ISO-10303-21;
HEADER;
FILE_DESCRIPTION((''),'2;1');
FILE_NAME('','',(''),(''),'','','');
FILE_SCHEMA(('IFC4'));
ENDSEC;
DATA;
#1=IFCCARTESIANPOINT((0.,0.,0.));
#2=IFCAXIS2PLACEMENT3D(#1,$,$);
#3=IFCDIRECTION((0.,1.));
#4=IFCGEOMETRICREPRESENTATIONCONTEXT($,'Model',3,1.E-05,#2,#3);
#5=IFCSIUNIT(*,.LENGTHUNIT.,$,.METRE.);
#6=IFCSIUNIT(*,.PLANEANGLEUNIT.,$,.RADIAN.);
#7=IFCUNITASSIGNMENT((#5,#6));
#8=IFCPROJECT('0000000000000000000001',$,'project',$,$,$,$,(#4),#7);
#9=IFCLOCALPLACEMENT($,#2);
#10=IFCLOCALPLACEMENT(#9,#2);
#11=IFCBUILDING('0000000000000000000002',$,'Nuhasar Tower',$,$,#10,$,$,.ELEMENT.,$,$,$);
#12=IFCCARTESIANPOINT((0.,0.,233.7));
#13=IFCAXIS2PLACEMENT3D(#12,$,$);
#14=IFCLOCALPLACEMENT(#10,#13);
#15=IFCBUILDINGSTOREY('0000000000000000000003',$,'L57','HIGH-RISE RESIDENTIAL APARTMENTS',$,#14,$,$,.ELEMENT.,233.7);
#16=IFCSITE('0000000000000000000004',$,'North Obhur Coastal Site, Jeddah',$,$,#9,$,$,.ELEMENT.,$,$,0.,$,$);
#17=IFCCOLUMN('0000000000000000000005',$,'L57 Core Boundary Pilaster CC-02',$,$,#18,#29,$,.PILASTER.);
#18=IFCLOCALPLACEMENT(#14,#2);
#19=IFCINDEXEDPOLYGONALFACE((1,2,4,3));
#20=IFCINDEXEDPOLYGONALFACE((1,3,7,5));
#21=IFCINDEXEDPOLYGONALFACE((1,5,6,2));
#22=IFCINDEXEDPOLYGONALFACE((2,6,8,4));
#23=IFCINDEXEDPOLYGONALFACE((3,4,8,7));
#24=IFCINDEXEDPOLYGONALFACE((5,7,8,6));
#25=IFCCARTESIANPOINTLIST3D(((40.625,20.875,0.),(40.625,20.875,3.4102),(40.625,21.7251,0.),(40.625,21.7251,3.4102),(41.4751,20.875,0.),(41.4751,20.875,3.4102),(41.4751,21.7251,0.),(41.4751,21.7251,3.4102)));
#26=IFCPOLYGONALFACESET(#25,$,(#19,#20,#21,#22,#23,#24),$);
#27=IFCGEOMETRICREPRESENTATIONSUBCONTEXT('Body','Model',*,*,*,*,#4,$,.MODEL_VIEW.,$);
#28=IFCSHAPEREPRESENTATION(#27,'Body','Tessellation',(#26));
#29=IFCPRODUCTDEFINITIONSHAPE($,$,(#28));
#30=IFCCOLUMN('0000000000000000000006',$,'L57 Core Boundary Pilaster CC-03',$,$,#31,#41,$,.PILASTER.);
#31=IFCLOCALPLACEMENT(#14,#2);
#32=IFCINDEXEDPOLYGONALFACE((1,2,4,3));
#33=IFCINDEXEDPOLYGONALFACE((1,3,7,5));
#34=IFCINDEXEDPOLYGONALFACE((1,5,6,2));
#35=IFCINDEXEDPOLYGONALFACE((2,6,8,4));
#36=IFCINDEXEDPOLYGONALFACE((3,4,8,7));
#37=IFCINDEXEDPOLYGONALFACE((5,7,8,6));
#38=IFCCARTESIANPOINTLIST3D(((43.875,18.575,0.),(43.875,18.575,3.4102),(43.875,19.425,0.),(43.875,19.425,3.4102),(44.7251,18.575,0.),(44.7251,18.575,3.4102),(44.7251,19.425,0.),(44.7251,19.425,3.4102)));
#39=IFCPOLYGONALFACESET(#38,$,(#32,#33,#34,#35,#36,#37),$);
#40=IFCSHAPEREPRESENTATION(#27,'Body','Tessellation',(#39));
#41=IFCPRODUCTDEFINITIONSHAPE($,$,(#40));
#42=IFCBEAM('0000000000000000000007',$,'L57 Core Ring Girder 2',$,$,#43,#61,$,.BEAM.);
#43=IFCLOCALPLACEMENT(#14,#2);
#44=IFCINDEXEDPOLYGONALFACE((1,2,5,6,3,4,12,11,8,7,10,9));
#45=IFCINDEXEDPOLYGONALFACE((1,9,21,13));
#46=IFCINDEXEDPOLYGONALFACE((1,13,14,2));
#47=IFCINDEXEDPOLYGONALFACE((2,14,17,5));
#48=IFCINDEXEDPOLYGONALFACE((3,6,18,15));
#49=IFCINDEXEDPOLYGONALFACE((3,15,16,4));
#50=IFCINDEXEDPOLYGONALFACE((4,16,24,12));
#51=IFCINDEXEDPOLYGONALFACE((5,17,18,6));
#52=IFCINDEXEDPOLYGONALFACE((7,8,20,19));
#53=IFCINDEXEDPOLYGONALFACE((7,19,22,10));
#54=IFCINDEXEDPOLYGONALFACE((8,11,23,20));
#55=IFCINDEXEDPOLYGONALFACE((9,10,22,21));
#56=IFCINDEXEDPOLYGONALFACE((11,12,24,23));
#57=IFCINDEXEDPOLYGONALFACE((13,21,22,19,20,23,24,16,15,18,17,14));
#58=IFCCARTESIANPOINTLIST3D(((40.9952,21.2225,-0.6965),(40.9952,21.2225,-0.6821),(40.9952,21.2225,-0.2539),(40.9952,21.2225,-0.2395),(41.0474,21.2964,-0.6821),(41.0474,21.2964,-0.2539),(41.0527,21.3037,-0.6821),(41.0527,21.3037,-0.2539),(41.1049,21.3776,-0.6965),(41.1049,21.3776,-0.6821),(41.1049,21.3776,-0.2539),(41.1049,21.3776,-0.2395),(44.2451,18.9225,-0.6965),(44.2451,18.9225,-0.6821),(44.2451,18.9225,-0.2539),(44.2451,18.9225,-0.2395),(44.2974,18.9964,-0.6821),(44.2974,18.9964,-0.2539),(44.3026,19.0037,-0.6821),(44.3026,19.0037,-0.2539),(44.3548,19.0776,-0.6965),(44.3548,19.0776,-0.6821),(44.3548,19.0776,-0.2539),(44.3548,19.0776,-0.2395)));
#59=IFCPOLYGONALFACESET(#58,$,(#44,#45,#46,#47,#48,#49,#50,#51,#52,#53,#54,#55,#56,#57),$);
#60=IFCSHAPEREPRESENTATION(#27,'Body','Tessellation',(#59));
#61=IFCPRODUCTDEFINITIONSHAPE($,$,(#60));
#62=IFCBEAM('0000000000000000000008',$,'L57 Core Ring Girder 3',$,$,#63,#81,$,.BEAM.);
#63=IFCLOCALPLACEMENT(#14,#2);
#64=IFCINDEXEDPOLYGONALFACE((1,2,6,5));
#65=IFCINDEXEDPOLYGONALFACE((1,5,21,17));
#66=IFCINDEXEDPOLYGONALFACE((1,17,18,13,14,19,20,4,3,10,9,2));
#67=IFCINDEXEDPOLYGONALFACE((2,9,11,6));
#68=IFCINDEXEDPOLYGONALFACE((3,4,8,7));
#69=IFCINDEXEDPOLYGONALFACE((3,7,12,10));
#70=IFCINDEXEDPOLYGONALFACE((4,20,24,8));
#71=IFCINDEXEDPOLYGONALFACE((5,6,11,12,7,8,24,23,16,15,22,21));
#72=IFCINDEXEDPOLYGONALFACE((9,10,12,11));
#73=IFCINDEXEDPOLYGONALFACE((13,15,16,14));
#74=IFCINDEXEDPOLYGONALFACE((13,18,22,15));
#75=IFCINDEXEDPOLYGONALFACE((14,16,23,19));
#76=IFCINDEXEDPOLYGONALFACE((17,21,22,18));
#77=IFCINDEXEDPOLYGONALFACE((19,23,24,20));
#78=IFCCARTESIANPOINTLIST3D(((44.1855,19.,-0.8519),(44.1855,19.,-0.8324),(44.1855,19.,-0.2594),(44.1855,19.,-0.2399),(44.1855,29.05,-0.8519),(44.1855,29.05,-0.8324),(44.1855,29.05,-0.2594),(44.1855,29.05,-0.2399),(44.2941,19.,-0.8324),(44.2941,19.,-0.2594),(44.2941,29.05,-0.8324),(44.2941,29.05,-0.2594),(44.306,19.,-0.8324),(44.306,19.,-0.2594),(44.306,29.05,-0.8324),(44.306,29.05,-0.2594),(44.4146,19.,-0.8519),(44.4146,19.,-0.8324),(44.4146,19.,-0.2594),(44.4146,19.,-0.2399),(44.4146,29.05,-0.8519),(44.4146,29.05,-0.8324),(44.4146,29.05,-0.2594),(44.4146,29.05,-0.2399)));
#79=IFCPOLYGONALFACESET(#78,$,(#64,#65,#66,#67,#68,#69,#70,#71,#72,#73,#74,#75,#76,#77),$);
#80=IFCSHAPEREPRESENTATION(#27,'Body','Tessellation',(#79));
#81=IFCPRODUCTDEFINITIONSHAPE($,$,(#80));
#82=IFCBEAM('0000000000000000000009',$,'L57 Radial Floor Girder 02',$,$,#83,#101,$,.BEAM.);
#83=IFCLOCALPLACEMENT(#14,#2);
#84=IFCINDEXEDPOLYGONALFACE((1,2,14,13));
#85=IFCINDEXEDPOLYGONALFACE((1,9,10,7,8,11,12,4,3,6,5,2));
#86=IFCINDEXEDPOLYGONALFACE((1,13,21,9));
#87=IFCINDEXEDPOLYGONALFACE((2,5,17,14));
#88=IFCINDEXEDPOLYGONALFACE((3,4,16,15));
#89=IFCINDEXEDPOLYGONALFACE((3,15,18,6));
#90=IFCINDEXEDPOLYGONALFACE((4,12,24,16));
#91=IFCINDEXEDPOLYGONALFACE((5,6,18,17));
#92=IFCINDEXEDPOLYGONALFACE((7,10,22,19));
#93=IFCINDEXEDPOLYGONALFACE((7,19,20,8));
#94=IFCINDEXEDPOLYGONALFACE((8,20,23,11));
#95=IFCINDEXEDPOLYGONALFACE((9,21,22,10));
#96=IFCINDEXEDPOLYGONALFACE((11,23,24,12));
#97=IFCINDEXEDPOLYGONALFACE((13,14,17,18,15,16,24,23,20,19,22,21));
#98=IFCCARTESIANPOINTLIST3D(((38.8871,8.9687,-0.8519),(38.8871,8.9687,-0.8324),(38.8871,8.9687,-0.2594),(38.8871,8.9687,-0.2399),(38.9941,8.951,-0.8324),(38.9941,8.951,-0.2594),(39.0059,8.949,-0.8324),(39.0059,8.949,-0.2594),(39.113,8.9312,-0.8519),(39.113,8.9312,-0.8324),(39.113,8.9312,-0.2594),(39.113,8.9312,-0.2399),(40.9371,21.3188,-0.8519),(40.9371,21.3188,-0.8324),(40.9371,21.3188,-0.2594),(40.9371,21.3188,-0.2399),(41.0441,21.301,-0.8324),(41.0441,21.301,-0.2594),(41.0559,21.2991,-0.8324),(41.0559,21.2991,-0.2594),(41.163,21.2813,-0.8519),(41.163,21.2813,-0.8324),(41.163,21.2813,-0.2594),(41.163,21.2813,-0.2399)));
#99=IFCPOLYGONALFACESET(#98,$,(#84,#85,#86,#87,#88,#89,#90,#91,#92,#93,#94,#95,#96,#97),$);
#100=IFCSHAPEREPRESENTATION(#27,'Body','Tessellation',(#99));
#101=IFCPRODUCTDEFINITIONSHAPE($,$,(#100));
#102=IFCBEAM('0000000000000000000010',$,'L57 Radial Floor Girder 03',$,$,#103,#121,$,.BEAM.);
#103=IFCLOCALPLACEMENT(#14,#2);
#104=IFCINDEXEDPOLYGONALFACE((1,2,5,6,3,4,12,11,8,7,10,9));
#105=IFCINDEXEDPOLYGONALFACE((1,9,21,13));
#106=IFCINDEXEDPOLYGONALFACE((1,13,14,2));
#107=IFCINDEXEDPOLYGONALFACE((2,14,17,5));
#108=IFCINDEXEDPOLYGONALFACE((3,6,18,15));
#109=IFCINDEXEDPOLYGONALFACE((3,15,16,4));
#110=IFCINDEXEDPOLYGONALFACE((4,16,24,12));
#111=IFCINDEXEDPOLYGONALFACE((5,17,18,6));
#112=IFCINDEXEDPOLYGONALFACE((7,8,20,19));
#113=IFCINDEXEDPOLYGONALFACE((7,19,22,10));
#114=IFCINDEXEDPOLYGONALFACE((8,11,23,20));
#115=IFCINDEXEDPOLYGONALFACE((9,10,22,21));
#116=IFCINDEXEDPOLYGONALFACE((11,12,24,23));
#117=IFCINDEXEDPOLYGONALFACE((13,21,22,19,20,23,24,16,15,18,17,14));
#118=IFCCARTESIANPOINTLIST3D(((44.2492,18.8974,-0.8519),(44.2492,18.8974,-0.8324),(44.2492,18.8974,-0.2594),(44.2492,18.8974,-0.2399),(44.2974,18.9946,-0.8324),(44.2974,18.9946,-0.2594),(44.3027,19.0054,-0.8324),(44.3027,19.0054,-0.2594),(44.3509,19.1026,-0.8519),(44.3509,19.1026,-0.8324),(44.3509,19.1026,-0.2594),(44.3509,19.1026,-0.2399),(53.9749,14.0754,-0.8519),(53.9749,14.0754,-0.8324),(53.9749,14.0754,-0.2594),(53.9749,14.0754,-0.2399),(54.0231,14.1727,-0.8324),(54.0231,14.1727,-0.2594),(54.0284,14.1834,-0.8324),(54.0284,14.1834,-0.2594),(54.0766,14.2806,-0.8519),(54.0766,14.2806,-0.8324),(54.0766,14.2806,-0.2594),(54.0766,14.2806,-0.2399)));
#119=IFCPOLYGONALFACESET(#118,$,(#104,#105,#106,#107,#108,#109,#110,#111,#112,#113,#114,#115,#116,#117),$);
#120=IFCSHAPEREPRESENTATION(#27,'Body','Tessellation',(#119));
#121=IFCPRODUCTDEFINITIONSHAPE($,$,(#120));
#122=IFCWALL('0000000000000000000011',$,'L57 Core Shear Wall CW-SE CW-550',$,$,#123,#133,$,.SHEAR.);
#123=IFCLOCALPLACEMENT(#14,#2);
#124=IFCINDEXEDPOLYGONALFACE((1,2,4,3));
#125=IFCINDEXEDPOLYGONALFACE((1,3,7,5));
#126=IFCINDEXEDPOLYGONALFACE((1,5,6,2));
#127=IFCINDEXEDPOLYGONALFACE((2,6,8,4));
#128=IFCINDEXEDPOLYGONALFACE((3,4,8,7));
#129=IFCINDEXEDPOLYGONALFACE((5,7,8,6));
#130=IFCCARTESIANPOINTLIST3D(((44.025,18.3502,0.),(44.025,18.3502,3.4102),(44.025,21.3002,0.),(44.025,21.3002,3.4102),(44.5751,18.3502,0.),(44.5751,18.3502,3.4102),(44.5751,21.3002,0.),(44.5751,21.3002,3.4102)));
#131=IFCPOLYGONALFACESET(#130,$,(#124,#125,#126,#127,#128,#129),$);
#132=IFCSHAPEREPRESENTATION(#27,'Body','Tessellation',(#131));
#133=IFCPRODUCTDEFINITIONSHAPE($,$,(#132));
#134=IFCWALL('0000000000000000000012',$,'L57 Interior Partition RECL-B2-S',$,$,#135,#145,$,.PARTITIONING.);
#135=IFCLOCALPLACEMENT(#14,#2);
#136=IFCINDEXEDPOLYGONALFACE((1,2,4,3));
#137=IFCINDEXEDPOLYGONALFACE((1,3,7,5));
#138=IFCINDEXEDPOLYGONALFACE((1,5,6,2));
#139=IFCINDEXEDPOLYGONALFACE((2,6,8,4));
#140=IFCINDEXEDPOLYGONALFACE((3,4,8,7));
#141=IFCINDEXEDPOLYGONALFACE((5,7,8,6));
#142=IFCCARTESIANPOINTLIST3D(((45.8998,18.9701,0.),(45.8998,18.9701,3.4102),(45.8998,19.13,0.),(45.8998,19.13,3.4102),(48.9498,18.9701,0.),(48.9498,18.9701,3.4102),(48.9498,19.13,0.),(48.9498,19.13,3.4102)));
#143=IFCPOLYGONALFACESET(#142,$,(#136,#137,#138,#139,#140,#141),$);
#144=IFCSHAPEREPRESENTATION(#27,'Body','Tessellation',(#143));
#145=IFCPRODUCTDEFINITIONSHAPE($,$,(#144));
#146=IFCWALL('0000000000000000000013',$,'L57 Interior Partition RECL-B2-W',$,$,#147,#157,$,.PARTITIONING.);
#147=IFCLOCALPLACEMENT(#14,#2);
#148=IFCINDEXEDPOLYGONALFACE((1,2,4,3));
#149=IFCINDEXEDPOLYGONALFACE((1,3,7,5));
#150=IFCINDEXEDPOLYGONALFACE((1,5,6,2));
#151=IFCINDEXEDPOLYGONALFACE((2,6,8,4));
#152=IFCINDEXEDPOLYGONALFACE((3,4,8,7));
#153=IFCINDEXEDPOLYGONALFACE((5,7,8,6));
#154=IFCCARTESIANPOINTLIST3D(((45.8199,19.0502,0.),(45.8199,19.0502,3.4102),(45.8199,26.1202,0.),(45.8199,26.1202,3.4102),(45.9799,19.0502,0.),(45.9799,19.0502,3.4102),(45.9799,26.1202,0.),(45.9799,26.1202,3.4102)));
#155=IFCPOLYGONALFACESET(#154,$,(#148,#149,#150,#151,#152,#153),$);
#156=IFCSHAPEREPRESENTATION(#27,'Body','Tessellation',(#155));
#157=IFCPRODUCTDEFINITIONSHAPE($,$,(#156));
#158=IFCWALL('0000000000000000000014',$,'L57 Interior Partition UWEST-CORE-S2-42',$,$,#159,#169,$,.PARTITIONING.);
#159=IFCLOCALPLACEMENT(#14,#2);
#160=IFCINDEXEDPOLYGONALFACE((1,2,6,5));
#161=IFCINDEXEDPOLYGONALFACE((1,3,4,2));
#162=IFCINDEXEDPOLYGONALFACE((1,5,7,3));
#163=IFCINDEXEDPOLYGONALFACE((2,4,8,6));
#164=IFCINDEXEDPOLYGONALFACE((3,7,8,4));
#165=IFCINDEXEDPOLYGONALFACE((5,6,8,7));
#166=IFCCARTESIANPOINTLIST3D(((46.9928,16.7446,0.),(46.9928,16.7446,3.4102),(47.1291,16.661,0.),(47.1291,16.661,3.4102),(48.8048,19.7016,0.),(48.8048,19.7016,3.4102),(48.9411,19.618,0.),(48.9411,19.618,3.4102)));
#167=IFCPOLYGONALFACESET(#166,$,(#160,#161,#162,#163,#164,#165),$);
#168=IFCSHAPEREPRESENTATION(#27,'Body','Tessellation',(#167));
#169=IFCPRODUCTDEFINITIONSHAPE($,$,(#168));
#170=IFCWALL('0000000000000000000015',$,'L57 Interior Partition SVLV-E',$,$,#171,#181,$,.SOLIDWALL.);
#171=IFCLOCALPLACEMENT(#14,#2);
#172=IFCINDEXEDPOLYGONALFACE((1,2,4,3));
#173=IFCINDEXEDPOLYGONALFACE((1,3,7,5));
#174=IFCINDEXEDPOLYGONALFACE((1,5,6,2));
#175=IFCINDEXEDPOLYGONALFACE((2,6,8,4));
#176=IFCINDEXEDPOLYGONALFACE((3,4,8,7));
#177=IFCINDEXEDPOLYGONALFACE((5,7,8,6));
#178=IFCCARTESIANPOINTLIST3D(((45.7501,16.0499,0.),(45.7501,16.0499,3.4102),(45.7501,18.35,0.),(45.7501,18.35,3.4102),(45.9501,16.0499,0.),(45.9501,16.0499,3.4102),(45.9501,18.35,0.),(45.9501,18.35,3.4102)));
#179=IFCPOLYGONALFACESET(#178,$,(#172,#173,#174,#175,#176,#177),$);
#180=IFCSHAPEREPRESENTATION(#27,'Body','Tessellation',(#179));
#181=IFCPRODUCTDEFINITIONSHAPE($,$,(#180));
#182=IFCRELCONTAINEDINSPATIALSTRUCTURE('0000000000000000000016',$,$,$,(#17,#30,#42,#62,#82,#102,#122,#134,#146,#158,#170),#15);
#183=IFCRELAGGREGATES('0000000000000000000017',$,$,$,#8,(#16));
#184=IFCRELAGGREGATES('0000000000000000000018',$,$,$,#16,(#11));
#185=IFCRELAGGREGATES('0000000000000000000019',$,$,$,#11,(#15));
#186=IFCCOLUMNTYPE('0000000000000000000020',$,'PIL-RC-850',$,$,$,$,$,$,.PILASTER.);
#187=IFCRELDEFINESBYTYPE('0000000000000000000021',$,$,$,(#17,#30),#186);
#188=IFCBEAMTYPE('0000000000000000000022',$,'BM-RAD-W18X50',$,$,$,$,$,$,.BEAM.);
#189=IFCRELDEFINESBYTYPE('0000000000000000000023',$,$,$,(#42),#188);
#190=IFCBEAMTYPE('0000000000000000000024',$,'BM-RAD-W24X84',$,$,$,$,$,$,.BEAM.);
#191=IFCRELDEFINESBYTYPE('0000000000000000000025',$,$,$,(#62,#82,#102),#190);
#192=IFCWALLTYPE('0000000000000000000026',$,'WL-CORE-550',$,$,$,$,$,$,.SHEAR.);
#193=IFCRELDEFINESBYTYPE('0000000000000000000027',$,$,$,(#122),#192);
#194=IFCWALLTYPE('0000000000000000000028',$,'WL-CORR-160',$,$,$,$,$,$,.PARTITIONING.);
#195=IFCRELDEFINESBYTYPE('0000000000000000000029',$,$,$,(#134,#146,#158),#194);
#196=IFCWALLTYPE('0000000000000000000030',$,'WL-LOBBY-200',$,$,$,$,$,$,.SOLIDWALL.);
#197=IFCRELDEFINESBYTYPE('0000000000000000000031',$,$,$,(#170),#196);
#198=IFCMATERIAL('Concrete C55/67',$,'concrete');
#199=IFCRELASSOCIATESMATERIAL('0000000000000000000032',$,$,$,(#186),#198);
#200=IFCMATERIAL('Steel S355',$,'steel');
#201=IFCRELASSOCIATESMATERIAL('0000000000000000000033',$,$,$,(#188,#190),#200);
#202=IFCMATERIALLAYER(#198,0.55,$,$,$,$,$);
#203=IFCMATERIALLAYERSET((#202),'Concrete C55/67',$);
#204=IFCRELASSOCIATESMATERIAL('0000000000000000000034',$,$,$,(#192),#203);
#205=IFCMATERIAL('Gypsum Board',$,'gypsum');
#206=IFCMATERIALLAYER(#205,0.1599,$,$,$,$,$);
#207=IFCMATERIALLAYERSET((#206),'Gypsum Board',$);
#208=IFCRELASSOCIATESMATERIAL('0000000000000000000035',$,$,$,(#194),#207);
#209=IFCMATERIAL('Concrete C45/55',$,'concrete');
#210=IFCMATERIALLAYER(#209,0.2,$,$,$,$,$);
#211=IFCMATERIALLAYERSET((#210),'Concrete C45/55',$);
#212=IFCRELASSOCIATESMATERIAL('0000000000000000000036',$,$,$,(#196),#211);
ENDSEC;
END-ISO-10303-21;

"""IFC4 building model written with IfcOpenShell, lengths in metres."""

from ifc_helpers import new_model, si_unit, direction, frame, frame_2d, origin, origin_2d, place, context, subcontext, project, spatial, rectangle, i_section, extrude, material, layer, layer_set, material_profile, profile_set, type_object, element, save


model = new_model("IFC4")

# Units and contexts
model_context = context("Model", 3, precision=1e-05, world=origin(), true_north=direction((0.0, 1.0)))
body_context = subcontext(model_context, "Body", "Model", "MODEL_VIEW")
ifc_project = project(units=[si_unit("LENGTHUNIT", "METRE"), si_unit("PLANEANGLEUNIT", "RADIAN")], contexts=[model_context])

# Site, building, storey
site_placement = place(None, origin())
site = spatial("IfcSite", under=ifc_project, at=site_placement, Name="North Obhur Coastal Site, Jeddah", CompositionType="ELEMENT", RefElevation=0.0)
building_placement = place(site_placement, origin())
building = spatial("IfcBuilding", under=site, at=building_placement, Name="Nuhasar Tower", CompositionType="ELEMENT")
storey_placement = place(building_placement, frame((0.0, 0.0, 233.7)))
storey = spatial("IfcBuildingStorey", under=building, at=storey_placement, Name="L57", Description="HIGH-RISE RESIDENTIAL APARTMENTS", CompositionType="ELEMENT", Elevation=233.7)

# Columns
ifc_material_1 = material(Name="Concrete C55/67", Category="concrete")
ifc_material_profile_1 = material_profile(ifc_material_1, rectangle(XDim=0.8501, YDim=0.8501, at=origin_2d()), Name="RC850X850")
ifc_profile_set_1 = profile_set([ifc_material_profile_1], Name="Concrete C55/67")
column_type = type_object("IfcColumnType", Name="PIL-RC-850", PredefinedType="PILASTER", material=ifc_profile_set_1)
for number, where, z_axis, x_axis, name in (
    (1, (41.05, 21.3, 0.0), (0.0, 0.0, 1.0), (1.0, 0.0, 0.0), "L57 Core Boundary Pilaster CC-02"),
    (2, (44.3, 19.0, 0.0), (0.0, 0.0, 1.0), (1.0, 0.0, 0.0), "L57 Core Boundary Pilaster CC-03"),
):
    element("IfcColumn", number, at=place(storey_placement, frame(where, z_axis=z_axis, x_axis=x_axis)), inside=storey, type_object=column_type, Name=name, PredefinedType="PILASTER", context=body_context, shape_type="SweptSolid", body=[
        extrude(rectangle(XDim=0.8501, YDim=0.8501, at=origin_2d()), origin(), (0.0, 0.0, 1.0), 3.4102),
    ])

# Beams
ifc_material_2 = material(Name="Steel S355", Category="steel")
ifc_material_profile_2 = material_profile(ifc_material_2, i_section(OverallWidth=0.1899, OverallDepth=0.457, WebThickness=0.009, FlangeThickness=0.0144, at=origin_2d()), Name="W18X50")
ifc_profile_set_2 = profile_set([ifc_material_profile_2], Name="Steel S355")
beam_type_1 = type_object("IfcBeamType", Name="BM-RAD-W18X50", PredefinedType="BEAM", material=ifc_profile_set_2)
beam_1_placement = place(storey_placement, frame((41.05, 21.3, -0.468), z_axis=(0.816265, -0.577677, 0.0), x_axis=(0.577677, 0.816265, 0.0)))
element("IfcBeam", 3, at=beam_1_placement, inside=storey, type_object=beam_type_1, Name="L57 Core Ring Girder 2", PredefinedType="BEAM", context=body_context, shape_type="SweptSolid", body=[
    extrude(i_section(OverallWidth=0.1899, OverallDepth=0.457, WebThickness=0.009, FlangeThickness=0.0144, at=origin_2d()), origin(), (0.0, 0.0, 1.0), 3.9814),
])
ifc_material_profile_3 = material_profile(ifc_material_2, i_section(OverallWidth=0.229, OverallDepth=0.6121, WebThickness=0.012, FlangeThickness=0.0195, at=origin_2d()), Name="W24X84")
ifc_profile_set_3 = profile_set([ifc_material_profile_3], Name="Steel S355")
beam_type_2 = type_object("IfcBeamType", Name="BM-RAD-W24X84", PredefinedType="BEAM", material=ifc_profile_set_3)
beam_2_placement = place(storey_placement, frame((44.3, 19.0, -0.5459), z_axis=(0.0, 1.0, 0.0), x_axis=(-1.0, 0.0, 0.0)))
element("IfcBeam", 4, at=beam_2_placement, inside=storey, type_object=beam_type_2, Name="L57 Core Ring Girder 3", PredefinedType="BEAM", context=body_context, shape_type="SweptSolid", body=[
    extrude(i_section(OverallWidth=0.229, OverallDepth=0.6121, WebThickness=0.012, FlangeThickness=0.0195, at=origin_2d()), origin(), (0.0, 0.0, 1.0), 10.05),
])
beam_3_placement = place(storey_placement, frame((41.05, 21.3, -0.5459), z_axis=(-0.163754, -0.986501, 0.0), x_axis=(0.986501, -0.163754, 0.0)))
element("IfcBeam", 5, at=beam_3_placement, inside=storey, type_object=beam_type_2, Name="L57 Radial Floor Girder 02", PredefinedType="BEAM", context=body_context, shape_type="SweptSolid", body=[
    extrude(i_section(OverallWidth=0.229, OverallDepth=0.6121, WebThickness=0.012, FlangeThickness=0.0195, at=origin_2d()), origin(), (0.0, 0.0, 1.0), 12.519),
])
beam_4_placement = place(storey_placement, frame((44.3, 19.0, -0.5459), z_axis=(0.895929, -0.444197, 0.0), x_axis=(0.444197, 0.895929, 0.0)))
element("IfcBeam", 6, at=beam_4_placement, inside=storey, type_object=beam_type_2, Name="L57 Radial Floor Girder 03", PredefinedType="BEAM", context=body_context, shape_type="SweptSolid", body=[
    extrude(i_section(OverallWidth=0.229, OverallDepth=0.6121, WebThickness=0.012, FlangeThickness=0.0195, at=origin_2d()), origin(), (0.0, 0.0, 1.0), 10.8555),
])

# Walls
ifc_layer_1 = layer(ifc_material_1, 0.55)
ifc_layer_set_1 = layer_set([ifc_layer_1], Name="Concrete C55/67")
wall_type_1 = type_object("IfcWallType", Name="WL-CORE-550", PredefinedType="SHEAR", material=ifc_layer_set_1)
wall_1_placement = place(storey_placement, frame((44.3, 18.3501, 0.0), z_axis=(0.0, 0.0, 1.0), x_axis=(0.0, 1.0, 0.0)))
element("IfcWall", 7, at=wall_1_placement, inside=storey, type_object=wall_type_1, Name="L57 Core Shear Wall CW-SE CW-550", PredefinedType="SHEAR", context=body_context, shape_type="SweptSolid", body=[
    extrude(rectangle(XDim=2.95, YDim=0.55, at=frame_2d((1.4751, 0.0))), origin(), (0.0, 0.0, 1.0), 3.4102),
])
ifc_material_3 = material(Name="Gypsum Board", Category="gypsum")
ifc_layer_2 = layer(ifc_material_3, 0.1599)
ifc_layer_set_2 = layer_set([ifc_layer_2], Name="Gypsum Board")
wall_type_2 = type_object("IfcWallType", Name="WL-CORR-160", PredefinedType="PARTITIONING", material=ifc_layer_set_2)
wall_2_placement = place(storey_placement, frame((45.8999, 19.05, 0.0), z_axis=(0.0, 0.0, 1.0), x_axis=(1.0, 0.0, 0.0)))
element("IfcWall", 8, at=wall_2_placement, inside=storey, type_object=wall_type_2, Name="L57 Interior Partition RECL-B2-S", PredefinedType="PARTITIONING", context=body_context, shape_type="SweptSolid", body=[
    extrude(rectangle(XDim=3.05, YDim=0.1599, at=frame_2d((1.5249, 0.0))), origin(), (0.0, 0.0, 1.0), 3.4102),
])
wall_3_placement = place(storey_placement, frame((45.8999, 19.05, 0.0), z_axis=(0.0, 0.0, 1.0), x_axis=(0.0, 1.0, 0.0)))
element("IfcWall", 9, at=wall_3_placement, inside=storey, type_object=wall_type_2, Name="L57 Interior Partition RECL-B2-W", PredefinedType="PARTITIONING", context=body_context, shape_type="SweptSolid", body=[
    extrude(rectangle(XDim=7.0701, YDim=0.1599, at=frame_2d((3.5352, 0.0))), origin(), (0.0, 0.0, 1.0), 3.4102),
])
wall_4_placement = place(storey_placement, frame((47.061, 16.7029, 0.0), z_axis=(0.0, 0.0, 1.0), x_axis=(0.522486, 0.852648, 0.0)))
element("IfcWall", 10, at=wall_4_placement, inside=storey, type_object=wall_type_2, Name="L57 Interior Partition UWEST-CORE-S2-42", PredefinedType="PARTITIONING", context=body_context, shape_type="SweptSolid", body=[
    extrude(rectangle(XDim=3.468, YDim=0.1599, at=frame_2d((1.7339, 0.0))), origin(), (0.0, 0.0, 1.0), 3.4102),
])

# Shared definitions
ifc_material_4 = material(Name="Concrete C45/55", Category="concrete")
ifc_layer_3 = layer(ifc_material_4, 0.2)
ifc_layer_set_3 = layer_set([ifc_layer_3], Name="Concrete C45/55")
wall_type_3 = type_object("IfcWallType", Name="WL-LOBBY-200", PredefinedType="SOLIDWALL", material=ifc_layer_set_3)

# Wall
wall_5_placement = place(storey_placement, frame((45.8501, 16.05, 0.0), z_axis=(0.0, 0.0, 1.0), x_axis=(0.0, 1.0, 0.0)))
element("IfcWall", 11, at=wall_5_placement, inside=storey, type_object=wall_type_3, Name="L57 Interior Partition SVLV-E", PredefinedType="SOLIDWALL", context=body_context, shape_type="SweptSolid", body=[
    extrude(rectangle(XDim=2.3, YDim=0.2, at=frame_2d((1.1499, 0.0))), origin(), (0.0, 0.0, 1.0), 3.4102),
])

save(model, "model.ifc")
